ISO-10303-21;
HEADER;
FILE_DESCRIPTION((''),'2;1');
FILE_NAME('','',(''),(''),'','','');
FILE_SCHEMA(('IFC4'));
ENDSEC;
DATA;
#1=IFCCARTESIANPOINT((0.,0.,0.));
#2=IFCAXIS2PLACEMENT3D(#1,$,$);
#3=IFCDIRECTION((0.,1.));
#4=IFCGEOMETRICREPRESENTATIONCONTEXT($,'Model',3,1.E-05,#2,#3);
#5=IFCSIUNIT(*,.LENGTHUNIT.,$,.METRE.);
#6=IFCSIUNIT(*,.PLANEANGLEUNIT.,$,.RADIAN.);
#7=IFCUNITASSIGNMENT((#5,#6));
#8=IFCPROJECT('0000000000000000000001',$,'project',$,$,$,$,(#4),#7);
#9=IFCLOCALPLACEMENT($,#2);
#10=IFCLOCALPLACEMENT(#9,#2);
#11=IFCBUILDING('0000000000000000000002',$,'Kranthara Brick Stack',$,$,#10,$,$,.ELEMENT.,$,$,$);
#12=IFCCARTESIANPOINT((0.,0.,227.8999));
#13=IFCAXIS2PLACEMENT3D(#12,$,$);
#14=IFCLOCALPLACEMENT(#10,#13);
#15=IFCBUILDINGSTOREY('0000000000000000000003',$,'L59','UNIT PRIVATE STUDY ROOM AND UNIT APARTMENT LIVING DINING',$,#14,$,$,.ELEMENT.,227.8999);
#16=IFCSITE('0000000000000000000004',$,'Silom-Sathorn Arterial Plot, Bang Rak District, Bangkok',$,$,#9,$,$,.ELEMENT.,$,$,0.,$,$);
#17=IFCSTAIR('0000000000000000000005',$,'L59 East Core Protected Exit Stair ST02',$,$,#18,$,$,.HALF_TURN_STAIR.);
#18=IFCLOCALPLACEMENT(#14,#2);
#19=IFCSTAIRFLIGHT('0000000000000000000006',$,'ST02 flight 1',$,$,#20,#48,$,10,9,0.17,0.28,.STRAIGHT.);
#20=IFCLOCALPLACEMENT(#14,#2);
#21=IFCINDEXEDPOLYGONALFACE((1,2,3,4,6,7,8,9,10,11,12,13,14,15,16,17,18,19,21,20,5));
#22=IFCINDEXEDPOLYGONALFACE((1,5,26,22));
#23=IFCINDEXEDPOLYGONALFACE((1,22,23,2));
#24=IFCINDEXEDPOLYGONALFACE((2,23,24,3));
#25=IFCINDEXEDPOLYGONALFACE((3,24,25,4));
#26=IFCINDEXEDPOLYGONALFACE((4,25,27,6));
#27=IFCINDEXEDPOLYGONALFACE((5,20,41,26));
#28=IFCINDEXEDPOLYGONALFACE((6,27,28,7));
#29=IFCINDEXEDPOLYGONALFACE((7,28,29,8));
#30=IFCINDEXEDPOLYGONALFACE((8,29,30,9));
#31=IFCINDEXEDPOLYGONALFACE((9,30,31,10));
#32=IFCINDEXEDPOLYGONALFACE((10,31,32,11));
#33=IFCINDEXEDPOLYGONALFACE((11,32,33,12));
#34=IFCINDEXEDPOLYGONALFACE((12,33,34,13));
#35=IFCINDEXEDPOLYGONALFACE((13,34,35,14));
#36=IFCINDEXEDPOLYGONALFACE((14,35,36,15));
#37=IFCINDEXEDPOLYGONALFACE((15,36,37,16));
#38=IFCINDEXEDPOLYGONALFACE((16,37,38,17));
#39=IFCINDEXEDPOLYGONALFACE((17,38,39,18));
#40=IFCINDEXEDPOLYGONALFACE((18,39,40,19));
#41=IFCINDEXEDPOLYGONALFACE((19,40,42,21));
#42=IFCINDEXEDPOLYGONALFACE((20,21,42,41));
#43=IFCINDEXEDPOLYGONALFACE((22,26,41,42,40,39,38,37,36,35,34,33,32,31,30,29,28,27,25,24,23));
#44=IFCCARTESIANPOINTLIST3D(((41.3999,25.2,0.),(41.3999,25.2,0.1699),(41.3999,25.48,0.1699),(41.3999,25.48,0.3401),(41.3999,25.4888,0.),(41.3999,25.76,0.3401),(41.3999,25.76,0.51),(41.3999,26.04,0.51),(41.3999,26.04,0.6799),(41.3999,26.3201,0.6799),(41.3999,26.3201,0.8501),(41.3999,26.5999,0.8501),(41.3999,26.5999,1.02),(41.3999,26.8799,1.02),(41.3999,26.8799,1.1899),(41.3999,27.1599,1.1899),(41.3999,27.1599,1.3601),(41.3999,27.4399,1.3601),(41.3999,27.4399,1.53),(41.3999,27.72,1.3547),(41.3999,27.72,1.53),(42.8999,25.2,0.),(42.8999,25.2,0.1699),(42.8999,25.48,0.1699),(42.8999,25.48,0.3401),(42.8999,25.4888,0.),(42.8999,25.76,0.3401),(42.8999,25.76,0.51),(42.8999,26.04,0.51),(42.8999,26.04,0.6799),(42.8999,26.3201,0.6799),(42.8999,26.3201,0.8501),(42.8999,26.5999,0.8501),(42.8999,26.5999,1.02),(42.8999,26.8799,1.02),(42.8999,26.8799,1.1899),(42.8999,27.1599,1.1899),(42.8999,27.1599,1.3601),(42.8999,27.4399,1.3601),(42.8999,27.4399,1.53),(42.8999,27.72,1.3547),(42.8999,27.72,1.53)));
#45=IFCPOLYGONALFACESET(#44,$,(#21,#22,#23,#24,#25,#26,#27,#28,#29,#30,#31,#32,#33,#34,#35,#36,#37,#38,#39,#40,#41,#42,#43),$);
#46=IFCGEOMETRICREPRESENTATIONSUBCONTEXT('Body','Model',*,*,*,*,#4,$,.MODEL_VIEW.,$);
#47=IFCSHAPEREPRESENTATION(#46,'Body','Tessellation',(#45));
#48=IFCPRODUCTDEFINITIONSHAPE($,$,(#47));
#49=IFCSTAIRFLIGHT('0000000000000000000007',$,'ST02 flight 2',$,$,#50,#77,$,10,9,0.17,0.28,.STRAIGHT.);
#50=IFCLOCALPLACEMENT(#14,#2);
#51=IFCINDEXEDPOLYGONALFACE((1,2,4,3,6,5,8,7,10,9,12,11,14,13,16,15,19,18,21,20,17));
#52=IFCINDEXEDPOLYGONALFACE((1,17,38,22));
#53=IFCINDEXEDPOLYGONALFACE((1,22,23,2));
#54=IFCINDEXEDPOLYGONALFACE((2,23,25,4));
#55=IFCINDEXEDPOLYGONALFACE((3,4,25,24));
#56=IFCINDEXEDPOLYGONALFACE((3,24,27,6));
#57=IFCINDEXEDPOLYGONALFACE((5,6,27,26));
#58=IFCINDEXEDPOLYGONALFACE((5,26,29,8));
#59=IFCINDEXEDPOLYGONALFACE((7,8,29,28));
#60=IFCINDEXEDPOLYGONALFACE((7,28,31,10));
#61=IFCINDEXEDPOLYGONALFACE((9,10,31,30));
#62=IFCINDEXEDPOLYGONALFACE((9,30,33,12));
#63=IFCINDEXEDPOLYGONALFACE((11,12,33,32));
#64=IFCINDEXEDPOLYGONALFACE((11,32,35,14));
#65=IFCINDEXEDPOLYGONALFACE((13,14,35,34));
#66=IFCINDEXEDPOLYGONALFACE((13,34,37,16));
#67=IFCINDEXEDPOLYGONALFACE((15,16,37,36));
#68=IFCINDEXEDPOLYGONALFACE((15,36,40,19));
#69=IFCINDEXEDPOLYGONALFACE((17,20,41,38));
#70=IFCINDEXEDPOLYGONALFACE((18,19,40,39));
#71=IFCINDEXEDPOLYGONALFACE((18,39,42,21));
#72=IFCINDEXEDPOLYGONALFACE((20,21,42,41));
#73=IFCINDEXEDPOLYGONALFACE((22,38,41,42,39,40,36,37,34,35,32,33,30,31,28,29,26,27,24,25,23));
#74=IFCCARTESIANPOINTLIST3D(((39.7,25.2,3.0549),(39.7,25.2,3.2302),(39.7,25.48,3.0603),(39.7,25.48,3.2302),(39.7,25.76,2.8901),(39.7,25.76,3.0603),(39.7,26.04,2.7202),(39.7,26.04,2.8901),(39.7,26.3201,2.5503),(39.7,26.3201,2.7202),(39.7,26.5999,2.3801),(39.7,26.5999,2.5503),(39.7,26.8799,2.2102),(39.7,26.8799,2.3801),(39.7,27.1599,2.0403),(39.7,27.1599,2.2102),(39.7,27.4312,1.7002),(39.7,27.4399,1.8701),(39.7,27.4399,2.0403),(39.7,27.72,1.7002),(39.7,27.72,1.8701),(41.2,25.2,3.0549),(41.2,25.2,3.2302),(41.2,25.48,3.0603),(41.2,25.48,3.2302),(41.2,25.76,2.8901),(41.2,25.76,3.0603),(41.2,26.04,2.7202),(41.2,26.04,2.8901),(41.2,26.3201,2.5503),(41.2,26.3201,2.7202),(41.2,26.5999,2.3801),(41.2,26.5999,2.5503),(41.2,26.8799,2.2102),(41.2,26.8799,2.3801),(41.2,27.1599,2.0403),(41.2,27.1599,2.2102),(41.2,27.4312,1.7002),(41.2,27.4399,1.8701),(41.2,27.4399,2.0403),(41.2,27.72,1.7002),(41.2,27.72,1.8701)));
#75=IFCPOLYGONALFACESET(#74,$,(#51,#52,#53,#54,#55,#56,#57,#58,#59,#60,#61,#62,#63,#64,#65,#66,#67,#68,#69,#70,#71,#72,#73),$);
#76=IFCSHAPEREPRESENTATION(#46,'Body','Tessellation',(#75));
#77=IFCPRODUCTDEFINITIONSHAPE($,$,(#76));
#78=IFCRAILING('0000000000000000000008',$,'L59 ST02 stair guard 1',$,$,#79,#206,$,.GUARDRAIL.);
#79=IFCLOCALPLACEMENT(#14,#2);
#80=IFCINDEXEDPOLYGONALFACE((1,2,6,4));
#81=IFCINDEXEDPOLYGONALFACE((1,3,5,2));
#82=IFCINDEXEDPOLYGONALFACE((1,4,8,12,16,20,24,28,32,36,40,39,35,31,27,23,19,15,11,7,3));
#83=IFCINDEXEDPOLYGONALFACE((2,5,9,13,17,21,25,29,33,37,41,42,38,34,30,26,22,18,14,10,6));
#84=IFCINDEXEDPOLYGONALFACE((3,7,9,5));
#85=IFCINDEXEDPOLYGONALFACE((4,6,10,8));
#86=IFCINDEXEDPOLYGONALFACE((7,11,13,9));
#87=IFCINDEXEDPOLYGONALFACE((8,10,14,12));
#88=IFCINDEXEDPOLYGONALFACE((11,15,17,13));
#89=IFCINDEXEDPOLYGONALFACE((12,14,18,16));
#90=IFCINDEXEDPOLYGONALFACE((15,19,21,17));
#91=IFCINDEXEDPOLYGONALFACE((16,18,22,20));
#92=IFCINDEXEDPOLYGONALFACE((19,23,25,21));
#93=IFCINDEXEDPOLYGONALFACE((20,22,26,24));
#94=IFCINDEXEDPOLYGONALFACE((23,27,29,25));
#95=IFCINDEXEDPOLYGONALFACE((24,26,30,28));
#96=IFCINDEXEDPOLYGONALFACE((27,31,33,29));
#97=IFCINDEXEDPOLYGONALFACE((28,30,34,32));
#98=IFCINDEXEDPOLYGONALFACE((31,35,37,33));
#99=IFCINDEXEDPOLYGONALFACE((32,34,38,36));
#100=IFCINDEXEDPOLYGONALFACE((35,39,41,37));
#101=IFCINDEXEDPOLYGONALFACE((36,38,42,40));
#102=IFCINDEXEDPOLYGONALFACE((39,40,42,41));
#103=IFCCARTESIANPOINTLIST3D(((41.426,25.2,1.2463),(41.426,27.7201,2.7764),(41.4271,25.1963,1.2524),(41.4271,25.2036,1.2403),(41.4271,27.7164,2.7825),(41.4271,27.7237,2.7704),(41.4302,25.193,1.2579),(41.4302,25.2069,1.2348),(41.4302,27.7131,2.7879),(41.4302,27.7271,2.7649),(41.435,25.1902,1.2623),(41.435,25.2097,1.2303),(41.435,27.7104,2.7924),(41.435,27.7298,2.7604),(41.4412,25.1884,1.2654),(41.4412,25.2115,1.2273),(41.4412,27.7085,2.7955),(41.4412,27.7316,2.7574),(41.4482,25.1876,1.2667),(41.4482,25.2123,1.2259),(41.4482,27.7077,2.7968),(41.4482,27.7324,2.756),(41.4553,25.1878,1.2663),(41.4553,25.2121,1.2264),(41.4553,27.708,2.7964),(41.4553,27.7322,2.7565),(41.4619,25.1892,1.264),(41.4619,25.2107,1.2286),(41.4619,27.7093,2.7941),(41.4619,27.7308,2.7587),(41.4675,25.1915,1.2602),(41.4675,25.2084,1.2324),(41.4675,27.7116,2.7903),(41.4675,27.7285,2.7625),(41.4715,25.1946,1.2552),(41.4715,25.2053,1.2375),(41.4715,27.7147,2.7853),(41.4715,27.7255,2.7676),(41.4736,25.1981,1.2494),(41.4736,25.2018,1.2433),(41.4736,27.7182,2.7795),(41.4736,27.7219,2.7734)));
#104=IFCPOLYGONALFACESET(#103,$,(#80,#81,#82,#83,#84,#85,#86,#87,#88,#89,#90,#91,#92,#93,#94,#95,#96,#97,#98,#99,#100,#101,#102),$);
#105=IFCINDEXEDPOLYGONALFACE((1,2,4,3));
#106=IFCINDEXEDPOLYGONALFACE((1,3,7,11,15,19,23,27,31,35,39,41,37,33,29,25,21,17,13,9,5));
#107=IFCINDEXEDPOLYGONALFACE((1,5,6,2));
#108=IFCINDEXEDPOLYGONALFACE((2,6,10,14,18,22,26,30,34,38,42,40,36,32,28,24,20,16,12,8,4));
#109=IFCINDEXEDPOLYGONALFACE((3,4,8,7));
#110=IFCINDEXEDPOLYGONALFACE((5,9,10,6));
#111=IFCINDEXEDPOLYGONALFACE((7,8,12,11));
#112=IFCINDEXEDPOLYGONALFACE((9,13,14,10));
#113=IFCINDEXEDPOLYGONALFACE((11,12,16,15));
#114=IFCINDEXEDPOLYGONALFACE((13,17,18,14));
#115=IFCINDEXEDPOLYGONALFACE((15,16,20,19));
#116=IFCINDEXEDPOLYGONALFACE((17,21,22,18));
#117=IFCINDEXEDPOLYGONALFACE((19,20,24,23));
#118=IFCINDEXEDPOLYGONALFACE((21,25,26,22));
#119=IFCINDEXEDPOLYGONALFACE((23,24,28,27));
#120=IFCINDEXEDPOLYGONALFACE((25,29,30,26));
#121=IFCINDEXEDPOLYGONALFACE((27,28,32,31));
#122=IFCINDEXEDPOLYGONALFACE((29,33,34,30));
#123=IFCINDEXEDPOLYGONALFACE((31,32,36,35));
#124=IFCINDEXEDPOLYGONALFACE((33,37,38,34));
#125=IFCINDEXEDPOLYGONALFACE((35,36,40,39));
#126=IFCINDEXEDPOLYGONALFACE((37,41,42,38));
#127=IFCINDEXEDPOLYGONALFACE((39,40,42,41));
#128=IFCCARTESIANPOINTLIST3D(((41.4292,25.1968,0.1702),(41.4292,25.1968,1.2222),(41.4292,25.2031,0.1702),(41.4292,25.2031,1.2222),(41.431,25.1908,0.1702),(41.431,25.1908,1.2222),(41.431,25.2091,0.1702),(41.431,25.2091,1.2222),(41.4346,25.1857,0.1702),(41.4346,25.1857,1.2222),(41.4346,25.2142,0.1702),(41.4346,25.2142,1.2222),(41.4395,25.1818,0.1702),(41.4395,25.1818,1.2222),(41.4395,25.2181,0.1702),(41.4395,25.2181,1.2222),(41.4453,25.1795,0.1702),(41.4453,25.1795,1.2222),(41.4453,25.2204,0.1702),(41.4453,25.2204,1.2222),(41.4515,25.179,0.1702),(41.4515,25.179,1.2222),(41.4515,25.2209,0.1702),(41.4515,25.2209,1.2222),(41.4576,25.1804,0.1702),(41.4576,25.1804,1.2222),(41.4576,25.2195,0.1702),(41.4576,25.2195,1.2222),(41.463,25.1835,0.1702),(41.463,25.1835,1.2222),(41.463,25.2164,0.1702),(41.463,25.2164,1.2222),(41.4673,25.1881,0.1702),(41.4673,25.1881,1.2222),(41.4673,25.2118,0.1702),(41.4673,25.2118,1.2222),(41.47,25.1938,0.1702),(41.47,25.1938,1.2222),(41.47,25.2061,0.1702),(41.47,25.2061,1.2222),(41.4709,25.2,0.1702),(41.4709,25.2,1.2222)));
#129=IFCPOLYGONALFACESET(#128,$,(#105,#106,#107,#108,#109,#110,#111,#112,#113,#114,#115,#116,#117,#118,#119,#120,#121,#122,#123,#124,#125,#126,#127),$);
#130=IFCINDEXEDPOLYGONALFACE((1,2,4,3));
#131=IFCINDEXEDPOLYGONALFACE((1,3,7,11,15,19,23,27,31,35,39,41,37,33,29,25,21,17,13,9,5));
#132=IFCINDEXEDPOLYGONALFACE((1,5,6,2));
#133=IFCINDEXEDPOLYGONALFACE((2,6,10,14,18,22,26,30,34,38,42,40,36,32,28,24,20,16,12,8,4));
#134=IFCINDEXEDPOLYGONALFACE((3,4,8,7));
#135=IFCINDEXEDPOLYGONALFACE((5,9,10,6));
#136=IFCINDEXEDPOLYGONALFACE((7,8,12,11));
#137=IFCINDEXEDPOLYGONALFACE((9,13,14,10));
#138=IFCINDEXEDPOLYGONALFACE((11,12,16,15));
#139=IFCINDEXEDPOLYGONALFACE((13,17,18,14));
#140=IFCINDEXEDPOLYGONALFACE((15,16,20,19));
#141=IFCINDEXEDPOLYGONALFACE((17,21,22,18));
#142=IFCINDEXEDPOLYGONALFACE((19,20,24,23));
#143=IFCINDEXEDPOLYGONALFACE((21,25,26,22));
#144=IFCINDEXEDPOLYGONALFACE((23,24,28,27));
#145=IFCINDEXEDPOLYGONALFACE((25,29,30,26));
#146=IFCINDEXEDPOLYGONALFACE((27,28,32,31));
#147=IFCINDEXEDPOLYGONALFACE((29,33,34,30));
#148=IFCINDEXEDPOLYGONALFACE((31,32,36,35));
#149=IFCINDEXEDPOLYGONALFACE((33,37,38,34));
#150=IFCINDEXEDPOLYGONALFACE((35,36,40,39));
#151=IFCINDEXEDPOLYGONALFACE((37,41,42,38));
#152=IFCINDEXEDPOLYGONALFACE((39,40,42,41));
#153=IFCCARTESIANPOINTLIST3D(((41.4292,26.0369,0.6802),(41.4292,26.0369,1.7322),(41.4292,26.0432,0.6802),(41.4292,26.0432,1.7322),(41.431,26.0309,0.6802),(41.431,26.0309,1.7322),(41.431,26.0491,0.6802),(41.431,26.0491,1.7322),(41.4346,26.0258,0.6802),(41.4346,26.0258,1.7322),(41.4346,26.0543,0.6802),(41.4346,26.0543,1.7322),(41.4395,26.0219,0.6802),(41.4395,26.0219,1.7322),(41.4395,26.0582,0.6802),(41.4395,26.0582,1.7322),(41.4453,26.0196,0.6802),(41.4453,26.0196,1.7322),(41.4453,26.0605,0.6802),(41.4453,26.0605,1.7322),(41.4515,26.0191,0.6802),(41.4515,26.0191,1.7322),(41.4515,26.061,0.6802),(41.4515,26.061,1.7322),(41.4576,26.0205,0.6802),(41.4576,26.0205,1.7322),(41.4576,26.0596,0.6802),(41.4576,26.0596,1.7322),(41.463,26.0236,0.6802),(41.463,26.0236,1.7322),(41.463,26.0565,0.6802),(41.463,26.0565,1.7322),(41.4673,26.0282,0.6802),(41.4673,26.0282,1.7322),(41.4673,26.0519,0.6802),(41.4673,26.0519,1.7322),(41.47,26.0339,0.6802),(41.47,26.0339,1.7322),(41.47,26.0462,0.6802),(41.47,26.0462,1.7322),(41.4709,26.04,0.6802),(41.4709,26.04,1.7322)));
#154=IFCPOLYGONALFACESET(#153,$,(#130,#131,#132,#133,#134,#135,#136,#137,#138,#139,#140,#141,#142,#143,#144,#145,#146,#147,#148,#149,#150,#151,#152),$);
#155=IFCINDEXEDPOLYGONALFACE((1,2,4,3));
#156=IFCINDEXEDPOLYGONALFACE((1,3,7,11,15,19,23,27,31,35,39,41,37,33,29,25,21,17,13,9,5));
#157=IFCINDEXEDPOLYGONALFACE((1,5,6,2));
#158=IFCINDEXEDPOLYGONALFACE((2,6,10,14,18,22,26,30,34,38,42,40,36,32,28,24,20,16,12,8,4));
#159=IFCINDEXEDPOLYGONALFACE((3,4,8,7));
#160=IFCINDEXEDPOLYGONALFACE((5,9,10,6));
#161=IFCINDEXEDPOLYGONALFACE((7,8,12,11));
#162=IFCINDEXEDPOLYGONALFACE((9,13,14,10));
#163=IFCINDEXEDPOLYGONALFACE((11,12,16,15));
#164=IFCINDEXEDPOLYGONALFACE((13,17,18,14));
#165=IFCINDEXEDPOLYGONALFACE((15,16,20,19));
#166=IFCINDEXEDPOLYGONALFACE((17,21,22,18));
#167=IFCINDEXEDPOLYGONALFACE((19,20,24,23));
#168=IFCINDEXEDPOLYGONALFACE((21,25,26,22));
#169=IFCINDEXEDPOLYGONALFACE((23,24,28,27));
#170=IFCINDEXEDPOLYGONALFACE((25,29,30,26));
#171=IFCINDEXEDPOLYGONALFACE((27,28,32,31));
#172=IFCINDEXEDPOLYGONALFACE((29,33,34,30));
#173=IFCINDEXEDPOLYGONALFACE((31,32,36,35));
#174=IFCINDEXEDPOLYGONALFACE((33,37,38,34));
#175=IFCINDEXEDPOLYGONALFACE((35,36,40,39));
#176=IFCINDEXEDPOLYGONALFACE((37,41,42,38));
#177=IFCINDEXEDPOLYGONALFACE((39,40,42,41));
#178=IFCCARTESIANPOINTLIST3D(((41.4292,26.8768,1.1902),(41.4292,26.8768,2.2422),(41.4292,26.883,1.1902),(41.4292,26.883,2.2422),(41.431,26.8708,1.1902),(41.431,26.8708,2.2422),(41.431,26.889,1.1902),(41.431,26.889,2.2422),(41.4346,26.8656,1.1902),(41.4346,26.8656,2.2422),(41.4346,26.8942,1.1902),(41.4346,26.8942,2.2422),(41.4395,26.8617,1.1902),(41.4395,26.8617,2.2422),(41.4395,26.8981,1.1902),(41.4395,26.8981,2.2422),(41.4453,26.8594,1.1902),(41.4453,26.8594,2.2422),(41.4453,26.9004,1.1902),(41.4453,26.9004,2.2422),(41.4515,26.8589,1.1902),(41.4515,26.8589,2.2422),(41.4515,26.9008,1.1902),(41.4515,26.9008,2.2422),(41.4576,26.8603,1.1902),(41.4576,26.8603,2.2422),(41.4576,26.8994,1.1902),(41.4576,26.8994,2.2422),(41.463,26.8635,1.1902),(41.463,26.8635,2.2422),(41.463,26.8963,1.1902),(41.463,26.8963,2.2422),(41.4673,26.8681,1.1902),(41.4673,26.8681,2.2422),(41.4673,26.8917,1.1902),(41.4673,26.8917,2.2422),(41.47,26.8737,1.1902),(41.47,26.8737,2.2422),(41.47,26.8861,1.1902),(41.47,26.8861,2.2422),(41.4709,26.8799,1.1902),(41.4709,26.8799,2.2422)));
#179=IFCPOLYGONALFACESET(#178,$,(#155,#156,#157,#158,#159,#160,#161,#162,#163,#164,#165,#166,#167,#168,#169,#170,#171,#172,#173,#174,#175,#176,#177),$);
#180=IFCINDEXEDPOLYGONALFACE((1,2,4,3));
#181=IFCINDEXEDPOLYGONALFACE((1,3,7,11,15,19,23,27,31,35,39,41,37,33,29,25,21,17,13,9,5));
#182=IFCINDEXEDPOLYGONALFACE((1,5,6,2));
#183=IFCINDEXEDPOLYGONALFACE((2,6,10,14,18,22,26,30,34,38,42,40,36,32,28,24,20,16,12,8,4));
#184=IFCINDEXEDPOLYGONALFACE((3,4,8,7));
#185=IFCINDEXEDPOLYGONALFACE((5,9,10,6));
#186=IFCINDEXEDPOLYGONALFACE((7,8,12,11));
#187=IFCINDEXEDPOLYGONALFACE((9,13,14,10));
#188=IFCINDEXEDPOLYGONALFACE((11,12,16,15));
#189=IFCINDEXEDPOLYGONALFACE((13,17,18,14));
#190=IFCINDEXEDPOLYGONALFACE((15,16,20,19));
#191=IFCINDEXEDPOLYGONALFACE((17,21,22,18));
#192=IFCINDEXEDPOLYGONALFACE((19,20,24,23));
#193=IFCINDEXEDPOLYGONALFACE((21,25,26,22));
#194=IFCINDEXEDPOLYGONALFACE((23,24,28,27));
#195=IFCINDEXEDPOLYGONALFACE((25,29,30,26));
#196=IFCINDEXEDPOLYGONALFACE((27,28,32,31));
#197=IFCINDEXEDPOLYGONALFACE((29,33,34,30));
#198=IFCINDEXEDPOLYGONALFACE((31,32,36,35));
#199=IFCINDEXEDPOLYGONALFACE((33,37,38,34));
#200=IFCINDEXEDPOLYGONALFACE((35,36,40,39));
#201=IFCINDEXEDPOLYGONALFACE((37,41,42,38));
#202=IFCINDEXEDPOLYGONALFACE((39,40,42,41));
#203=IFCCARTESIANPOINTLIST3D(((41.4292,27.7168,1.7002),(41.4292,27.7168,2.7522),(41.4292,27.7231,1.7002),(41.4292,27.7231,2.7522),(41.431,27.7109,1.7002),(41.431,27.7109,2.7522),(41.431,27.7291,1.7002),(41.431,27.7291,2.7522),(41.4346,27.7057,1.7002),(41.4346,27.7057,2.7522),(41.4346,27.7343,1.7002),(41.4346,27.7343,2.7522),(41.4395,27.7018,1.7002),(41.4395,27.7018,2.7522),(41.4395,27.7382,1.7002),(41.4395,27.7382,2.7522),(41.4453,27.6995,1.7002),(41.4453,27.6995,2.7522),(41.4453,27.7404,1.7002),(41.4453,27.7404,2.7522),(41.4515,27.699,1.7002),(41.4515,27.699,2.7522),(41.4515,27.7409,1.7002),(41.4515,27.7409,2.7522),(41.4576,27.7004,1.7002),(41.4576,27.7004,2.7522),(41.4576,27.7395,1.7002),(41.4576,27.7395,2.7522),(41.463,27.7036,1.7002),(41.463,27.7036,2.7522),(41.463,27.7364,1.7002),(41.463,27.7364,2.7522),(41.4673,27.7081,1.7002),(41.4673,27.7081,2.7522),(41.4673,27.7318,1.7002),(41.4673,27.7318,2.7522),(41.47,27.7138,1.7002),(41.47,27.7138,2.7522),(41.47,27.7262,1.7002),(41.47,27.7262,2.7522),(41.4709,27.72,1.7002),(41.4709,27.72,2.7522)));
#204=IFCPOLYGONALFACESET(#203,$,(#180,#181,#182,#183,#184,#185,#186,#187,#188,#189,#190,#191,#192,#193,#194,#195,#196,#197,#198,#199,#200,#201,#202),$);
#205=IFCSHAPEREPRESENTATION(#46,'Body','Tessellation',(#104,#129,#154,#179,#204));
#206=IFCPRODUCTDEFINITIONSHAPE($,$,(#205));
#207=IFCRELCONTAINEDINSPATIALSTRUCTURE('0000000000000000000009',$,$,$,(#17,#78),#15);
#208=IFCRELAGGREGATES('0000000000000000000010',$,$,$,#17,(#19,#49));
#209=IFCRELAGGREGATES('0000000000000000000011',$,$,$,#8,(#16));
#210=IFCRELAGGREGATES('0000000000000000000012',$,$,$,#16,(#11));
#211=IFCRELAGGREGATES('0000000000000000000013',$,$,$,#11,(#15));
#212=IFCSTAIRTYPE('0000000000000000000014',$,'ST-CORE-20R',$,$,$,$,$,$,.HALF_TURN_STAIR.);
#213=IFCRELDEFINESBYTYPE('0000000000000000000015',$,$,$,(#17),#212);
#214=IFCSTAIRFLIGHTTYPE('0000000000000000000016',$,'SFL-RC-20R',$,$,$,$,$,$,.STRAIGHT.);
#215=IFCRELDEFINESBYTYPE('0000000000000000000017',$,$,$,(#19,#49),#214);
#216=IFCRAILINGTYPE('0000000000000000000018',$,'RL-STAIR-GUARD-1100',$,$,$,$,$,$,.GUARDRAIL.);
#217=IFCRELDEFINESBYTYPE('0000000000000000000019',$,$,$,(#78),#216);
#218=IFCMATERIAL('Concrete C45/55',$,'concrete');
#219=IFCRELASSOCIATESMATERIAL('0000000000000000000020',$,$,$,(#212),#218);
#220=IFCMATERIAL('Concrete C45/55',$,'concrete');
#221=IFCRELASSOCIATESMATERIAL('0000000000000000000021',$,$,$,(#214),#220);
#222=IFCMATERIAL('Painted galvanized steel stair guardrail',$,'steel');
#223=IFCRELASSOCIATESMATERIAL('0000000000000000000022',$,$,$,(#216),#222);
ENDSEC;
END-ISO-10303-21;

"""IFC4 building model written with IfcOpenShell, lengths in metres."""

from ifc_helpers import new_model, si_unit, direction, frame, origin, origin_2d, place, context, subcontext, project, spatial, polyline, circle, outline, extrude, material, type_object, element, aggregate, save


model = new_model("IFC4")

# Units and contexts
model_context = context("Model", 3, precision=1e-05, world=origin(), true_north=direction((0.0, 1.0)))
body_context = subcontext(model_context, "Body", "Model", "MODEL_VIEW")
ifc_project = project(units=[si_unit("LENGTHUNIT", "METRE"), si_unit("PLANEANGLEUNIT", "RADIAN")], contexts=[model_context])

# Site, building, storey
site_placement = place(None, origin())
site = spatial("IfcSite", under=ifc_project, at=site_placement, Name="Silom-Sathorn Arterial Plot, Bang Rak District, Bangkok", CompositionType="ELEMENT", RefElevation=0.0)
building_placement = place(site_placement, origin())
building = spatial("IfcBuilding", under=site, at=building_placement, Name="Kranthara Brick Stack", CompositionType="ELEMENT")
storey_placement = place(building_placement, frame((0.0, 0.0, 227.8999)))
storey = spatial("IfcBuildingStorey", under=building, at=storey_placement, Name="L59", Description="UNIT PRIVATE STUDY ROOM AND UNIT APARTMENT LIVING DINING", CompositionType="ELEMENT", Elevation=227.8999)

# Stair, stair flights
ifc_material_1 = material(Name="Concrete C45/55", Category="concrete")
stair_type = type_object("IfcStairType", Name="ST-CORE-20R", PredefinedType="HALF_TURN_STAIR", material=ifc_material_1)
stair_placement = place(storey_placement, origin())
stair = element("IfcStair", 1, at=stair_placement, inside=storey, type_object=stair_type, Name="L59 East Core Protected Exit Stair ST02", PredefinedType="HALF_TURN_STAIR")
ifc_material_2 = material(Name="Concrete C45/55", Category="concrete")
stair_flight_type = type_object("IfcStairFlightType", Name="SFL-RC-20R", PredefinedType="STRAIGHT", material=ifc_material_2)
stair_flight_1_placement = place(storey_placement, frame((42.1499, 25.2, 0.0), z_axis=(0.0, 0.0, 1.0), x_axis=(0.0, 1.0, 0.0)))
stair_flight_1 = element("IfcStairFlight", 2, at=stair_flight_1_placement, type_object=stair_flight_type, Name="ST02 flight 1", NumberOfRisers=10, NumberOfTreads=9, PredefinedType="STRAIGHT", RiserHeight=0.17, TreadLength=0.28, context=body_context, shape_type="SweptSolid", body=[
    extrude(outline(polyline([(0.0, 0.0), (0.0, 0.1699), (0.28, 0.1699), (0.28, 0.3401), (0.5601, 0.3401), (0.5601, 0.51), (0.8401, 0.51), (0.8401, 0.6799), (1.1201, 0.6799), (1.1201, 0.8501), (1.3999, 0.8501), (1.3999, 1.02), (1.6799, 1.02), (1.6799, 1.1899), (1.96, 1.1899), (1.96, 1.3601), (2.24, 1.3601), (2.24, 1.53), (2.52, 1.53), (2.52, 1.7), (2.52, 1.3547), (0.2888, 0.0), (0.0, 0.0)])), frame((0.0, 0.75, 0.0), z_axis=(0.0, -1.0, 0.0), x_axis=(1.0, 0.0, 0.0)), (0.0, 0.0, 1.0), 1.5),
])
stair_flight_2_placement = place(storey_placement, frame((40.45, 27.72, 1.7002), z_axis=(0.0, 0.0, 1.0), x_axis=(0.0, -1.0, 0.0)))
stair_flight_2 = element("IfcStairFlight", 3, at=stair_flight_2_placement, type_object=stair_flight_type, Name="ST02 flight 2", NumberOfRisers=10, NumberOfTreads=9, PredefinedType="STRAIGHT", RiserHeight=0.17, TreadLength=0.28, context=body_context, shape_type="SweptSolid", body=[
    extrude(outline(polyline([(0.0, 0.0), (0.0, 0.1699), (0.28, 0.1699), (0.28, 0.3401), (0.5601, 0.3401), (0.5601, 0.51), (0.8401, 0.51), (0.8401, 0.6799), (1.1201, 0.6799), (1.1201, 0.8501), (1.3999, 0.8501), (1.3999, 1.02), (1.6799, 1.02), (1.6799, 1.1899), (1.96, 1.1899), (1.96, 1.3601), (2.24, 1.3601), (2.24, 1.53), (2.52, 1.53), (2.52, 1.7), (2.52, 1.3547), (0.2888, 0.0), (0.0, 0.0)])), frame((0.0, 0.75, 0.0), z_axis=(0.0, -1.0, 0.0), x_axis=(1.0, 0.0, 0.0)), (0.0, 0.0, 1.0), 1.5),
])
aggregate(stair, [stair_flight_1, stair_flight_2])

# Railing
ifc_material_3 = material(Name="Painted galvanized steel stair guardrail", Category="steel")
railing_type_1 = type_object("IfcRailingType", Name="RL-STAIR-GUARD-1100", PredefinedType="GUARDRAIL", material=ifc_material_3)
railing_1_placement = place(storey_placement, frame((41.45, 25.2, 0.1702)))
element("IfcRailing", 4, at=railing_1_placement, inside=storey, type_object=railing_type_1, Name="L59 ST02 stair guard 1", PredefinedType="GUARDRAIL", context=body_context, shape_type="SweptSolid", body=[
    extrude(circle(Radius=0.0239, at=origin_2d()), frame((0.0, 0.0, 1.0762), z_axis=(0.0, 0.854785, 0.518982), x_axis=(-1.0, 0.0, 0.0)), (0.0, 0.0, 1.0), 2.9482),
    extrude(circle(Radius=0.021, at=origin_2d()), origin(), (0.0, 0.0, 1.0), 1.052),
    extrude(circle(Radius=0.021, at=origin_2d()), frame((0.0, 0.8401, 0.51)), (0.0, 0.0, 1.0), 1.052),
    extrude(circle(Radius=0.021, at=origin_2d()), frame((0.0, 1.6799, 1.02)), (0.0, 0.0, 1.0), 1.052),
    extrude(circle(Radius=0.021, at=origin_2d()), frame((0.0, 2.52, 1.53)), (0.0, 0.0, 1.0), 1.052),
])

save(model, "model.ifc")
